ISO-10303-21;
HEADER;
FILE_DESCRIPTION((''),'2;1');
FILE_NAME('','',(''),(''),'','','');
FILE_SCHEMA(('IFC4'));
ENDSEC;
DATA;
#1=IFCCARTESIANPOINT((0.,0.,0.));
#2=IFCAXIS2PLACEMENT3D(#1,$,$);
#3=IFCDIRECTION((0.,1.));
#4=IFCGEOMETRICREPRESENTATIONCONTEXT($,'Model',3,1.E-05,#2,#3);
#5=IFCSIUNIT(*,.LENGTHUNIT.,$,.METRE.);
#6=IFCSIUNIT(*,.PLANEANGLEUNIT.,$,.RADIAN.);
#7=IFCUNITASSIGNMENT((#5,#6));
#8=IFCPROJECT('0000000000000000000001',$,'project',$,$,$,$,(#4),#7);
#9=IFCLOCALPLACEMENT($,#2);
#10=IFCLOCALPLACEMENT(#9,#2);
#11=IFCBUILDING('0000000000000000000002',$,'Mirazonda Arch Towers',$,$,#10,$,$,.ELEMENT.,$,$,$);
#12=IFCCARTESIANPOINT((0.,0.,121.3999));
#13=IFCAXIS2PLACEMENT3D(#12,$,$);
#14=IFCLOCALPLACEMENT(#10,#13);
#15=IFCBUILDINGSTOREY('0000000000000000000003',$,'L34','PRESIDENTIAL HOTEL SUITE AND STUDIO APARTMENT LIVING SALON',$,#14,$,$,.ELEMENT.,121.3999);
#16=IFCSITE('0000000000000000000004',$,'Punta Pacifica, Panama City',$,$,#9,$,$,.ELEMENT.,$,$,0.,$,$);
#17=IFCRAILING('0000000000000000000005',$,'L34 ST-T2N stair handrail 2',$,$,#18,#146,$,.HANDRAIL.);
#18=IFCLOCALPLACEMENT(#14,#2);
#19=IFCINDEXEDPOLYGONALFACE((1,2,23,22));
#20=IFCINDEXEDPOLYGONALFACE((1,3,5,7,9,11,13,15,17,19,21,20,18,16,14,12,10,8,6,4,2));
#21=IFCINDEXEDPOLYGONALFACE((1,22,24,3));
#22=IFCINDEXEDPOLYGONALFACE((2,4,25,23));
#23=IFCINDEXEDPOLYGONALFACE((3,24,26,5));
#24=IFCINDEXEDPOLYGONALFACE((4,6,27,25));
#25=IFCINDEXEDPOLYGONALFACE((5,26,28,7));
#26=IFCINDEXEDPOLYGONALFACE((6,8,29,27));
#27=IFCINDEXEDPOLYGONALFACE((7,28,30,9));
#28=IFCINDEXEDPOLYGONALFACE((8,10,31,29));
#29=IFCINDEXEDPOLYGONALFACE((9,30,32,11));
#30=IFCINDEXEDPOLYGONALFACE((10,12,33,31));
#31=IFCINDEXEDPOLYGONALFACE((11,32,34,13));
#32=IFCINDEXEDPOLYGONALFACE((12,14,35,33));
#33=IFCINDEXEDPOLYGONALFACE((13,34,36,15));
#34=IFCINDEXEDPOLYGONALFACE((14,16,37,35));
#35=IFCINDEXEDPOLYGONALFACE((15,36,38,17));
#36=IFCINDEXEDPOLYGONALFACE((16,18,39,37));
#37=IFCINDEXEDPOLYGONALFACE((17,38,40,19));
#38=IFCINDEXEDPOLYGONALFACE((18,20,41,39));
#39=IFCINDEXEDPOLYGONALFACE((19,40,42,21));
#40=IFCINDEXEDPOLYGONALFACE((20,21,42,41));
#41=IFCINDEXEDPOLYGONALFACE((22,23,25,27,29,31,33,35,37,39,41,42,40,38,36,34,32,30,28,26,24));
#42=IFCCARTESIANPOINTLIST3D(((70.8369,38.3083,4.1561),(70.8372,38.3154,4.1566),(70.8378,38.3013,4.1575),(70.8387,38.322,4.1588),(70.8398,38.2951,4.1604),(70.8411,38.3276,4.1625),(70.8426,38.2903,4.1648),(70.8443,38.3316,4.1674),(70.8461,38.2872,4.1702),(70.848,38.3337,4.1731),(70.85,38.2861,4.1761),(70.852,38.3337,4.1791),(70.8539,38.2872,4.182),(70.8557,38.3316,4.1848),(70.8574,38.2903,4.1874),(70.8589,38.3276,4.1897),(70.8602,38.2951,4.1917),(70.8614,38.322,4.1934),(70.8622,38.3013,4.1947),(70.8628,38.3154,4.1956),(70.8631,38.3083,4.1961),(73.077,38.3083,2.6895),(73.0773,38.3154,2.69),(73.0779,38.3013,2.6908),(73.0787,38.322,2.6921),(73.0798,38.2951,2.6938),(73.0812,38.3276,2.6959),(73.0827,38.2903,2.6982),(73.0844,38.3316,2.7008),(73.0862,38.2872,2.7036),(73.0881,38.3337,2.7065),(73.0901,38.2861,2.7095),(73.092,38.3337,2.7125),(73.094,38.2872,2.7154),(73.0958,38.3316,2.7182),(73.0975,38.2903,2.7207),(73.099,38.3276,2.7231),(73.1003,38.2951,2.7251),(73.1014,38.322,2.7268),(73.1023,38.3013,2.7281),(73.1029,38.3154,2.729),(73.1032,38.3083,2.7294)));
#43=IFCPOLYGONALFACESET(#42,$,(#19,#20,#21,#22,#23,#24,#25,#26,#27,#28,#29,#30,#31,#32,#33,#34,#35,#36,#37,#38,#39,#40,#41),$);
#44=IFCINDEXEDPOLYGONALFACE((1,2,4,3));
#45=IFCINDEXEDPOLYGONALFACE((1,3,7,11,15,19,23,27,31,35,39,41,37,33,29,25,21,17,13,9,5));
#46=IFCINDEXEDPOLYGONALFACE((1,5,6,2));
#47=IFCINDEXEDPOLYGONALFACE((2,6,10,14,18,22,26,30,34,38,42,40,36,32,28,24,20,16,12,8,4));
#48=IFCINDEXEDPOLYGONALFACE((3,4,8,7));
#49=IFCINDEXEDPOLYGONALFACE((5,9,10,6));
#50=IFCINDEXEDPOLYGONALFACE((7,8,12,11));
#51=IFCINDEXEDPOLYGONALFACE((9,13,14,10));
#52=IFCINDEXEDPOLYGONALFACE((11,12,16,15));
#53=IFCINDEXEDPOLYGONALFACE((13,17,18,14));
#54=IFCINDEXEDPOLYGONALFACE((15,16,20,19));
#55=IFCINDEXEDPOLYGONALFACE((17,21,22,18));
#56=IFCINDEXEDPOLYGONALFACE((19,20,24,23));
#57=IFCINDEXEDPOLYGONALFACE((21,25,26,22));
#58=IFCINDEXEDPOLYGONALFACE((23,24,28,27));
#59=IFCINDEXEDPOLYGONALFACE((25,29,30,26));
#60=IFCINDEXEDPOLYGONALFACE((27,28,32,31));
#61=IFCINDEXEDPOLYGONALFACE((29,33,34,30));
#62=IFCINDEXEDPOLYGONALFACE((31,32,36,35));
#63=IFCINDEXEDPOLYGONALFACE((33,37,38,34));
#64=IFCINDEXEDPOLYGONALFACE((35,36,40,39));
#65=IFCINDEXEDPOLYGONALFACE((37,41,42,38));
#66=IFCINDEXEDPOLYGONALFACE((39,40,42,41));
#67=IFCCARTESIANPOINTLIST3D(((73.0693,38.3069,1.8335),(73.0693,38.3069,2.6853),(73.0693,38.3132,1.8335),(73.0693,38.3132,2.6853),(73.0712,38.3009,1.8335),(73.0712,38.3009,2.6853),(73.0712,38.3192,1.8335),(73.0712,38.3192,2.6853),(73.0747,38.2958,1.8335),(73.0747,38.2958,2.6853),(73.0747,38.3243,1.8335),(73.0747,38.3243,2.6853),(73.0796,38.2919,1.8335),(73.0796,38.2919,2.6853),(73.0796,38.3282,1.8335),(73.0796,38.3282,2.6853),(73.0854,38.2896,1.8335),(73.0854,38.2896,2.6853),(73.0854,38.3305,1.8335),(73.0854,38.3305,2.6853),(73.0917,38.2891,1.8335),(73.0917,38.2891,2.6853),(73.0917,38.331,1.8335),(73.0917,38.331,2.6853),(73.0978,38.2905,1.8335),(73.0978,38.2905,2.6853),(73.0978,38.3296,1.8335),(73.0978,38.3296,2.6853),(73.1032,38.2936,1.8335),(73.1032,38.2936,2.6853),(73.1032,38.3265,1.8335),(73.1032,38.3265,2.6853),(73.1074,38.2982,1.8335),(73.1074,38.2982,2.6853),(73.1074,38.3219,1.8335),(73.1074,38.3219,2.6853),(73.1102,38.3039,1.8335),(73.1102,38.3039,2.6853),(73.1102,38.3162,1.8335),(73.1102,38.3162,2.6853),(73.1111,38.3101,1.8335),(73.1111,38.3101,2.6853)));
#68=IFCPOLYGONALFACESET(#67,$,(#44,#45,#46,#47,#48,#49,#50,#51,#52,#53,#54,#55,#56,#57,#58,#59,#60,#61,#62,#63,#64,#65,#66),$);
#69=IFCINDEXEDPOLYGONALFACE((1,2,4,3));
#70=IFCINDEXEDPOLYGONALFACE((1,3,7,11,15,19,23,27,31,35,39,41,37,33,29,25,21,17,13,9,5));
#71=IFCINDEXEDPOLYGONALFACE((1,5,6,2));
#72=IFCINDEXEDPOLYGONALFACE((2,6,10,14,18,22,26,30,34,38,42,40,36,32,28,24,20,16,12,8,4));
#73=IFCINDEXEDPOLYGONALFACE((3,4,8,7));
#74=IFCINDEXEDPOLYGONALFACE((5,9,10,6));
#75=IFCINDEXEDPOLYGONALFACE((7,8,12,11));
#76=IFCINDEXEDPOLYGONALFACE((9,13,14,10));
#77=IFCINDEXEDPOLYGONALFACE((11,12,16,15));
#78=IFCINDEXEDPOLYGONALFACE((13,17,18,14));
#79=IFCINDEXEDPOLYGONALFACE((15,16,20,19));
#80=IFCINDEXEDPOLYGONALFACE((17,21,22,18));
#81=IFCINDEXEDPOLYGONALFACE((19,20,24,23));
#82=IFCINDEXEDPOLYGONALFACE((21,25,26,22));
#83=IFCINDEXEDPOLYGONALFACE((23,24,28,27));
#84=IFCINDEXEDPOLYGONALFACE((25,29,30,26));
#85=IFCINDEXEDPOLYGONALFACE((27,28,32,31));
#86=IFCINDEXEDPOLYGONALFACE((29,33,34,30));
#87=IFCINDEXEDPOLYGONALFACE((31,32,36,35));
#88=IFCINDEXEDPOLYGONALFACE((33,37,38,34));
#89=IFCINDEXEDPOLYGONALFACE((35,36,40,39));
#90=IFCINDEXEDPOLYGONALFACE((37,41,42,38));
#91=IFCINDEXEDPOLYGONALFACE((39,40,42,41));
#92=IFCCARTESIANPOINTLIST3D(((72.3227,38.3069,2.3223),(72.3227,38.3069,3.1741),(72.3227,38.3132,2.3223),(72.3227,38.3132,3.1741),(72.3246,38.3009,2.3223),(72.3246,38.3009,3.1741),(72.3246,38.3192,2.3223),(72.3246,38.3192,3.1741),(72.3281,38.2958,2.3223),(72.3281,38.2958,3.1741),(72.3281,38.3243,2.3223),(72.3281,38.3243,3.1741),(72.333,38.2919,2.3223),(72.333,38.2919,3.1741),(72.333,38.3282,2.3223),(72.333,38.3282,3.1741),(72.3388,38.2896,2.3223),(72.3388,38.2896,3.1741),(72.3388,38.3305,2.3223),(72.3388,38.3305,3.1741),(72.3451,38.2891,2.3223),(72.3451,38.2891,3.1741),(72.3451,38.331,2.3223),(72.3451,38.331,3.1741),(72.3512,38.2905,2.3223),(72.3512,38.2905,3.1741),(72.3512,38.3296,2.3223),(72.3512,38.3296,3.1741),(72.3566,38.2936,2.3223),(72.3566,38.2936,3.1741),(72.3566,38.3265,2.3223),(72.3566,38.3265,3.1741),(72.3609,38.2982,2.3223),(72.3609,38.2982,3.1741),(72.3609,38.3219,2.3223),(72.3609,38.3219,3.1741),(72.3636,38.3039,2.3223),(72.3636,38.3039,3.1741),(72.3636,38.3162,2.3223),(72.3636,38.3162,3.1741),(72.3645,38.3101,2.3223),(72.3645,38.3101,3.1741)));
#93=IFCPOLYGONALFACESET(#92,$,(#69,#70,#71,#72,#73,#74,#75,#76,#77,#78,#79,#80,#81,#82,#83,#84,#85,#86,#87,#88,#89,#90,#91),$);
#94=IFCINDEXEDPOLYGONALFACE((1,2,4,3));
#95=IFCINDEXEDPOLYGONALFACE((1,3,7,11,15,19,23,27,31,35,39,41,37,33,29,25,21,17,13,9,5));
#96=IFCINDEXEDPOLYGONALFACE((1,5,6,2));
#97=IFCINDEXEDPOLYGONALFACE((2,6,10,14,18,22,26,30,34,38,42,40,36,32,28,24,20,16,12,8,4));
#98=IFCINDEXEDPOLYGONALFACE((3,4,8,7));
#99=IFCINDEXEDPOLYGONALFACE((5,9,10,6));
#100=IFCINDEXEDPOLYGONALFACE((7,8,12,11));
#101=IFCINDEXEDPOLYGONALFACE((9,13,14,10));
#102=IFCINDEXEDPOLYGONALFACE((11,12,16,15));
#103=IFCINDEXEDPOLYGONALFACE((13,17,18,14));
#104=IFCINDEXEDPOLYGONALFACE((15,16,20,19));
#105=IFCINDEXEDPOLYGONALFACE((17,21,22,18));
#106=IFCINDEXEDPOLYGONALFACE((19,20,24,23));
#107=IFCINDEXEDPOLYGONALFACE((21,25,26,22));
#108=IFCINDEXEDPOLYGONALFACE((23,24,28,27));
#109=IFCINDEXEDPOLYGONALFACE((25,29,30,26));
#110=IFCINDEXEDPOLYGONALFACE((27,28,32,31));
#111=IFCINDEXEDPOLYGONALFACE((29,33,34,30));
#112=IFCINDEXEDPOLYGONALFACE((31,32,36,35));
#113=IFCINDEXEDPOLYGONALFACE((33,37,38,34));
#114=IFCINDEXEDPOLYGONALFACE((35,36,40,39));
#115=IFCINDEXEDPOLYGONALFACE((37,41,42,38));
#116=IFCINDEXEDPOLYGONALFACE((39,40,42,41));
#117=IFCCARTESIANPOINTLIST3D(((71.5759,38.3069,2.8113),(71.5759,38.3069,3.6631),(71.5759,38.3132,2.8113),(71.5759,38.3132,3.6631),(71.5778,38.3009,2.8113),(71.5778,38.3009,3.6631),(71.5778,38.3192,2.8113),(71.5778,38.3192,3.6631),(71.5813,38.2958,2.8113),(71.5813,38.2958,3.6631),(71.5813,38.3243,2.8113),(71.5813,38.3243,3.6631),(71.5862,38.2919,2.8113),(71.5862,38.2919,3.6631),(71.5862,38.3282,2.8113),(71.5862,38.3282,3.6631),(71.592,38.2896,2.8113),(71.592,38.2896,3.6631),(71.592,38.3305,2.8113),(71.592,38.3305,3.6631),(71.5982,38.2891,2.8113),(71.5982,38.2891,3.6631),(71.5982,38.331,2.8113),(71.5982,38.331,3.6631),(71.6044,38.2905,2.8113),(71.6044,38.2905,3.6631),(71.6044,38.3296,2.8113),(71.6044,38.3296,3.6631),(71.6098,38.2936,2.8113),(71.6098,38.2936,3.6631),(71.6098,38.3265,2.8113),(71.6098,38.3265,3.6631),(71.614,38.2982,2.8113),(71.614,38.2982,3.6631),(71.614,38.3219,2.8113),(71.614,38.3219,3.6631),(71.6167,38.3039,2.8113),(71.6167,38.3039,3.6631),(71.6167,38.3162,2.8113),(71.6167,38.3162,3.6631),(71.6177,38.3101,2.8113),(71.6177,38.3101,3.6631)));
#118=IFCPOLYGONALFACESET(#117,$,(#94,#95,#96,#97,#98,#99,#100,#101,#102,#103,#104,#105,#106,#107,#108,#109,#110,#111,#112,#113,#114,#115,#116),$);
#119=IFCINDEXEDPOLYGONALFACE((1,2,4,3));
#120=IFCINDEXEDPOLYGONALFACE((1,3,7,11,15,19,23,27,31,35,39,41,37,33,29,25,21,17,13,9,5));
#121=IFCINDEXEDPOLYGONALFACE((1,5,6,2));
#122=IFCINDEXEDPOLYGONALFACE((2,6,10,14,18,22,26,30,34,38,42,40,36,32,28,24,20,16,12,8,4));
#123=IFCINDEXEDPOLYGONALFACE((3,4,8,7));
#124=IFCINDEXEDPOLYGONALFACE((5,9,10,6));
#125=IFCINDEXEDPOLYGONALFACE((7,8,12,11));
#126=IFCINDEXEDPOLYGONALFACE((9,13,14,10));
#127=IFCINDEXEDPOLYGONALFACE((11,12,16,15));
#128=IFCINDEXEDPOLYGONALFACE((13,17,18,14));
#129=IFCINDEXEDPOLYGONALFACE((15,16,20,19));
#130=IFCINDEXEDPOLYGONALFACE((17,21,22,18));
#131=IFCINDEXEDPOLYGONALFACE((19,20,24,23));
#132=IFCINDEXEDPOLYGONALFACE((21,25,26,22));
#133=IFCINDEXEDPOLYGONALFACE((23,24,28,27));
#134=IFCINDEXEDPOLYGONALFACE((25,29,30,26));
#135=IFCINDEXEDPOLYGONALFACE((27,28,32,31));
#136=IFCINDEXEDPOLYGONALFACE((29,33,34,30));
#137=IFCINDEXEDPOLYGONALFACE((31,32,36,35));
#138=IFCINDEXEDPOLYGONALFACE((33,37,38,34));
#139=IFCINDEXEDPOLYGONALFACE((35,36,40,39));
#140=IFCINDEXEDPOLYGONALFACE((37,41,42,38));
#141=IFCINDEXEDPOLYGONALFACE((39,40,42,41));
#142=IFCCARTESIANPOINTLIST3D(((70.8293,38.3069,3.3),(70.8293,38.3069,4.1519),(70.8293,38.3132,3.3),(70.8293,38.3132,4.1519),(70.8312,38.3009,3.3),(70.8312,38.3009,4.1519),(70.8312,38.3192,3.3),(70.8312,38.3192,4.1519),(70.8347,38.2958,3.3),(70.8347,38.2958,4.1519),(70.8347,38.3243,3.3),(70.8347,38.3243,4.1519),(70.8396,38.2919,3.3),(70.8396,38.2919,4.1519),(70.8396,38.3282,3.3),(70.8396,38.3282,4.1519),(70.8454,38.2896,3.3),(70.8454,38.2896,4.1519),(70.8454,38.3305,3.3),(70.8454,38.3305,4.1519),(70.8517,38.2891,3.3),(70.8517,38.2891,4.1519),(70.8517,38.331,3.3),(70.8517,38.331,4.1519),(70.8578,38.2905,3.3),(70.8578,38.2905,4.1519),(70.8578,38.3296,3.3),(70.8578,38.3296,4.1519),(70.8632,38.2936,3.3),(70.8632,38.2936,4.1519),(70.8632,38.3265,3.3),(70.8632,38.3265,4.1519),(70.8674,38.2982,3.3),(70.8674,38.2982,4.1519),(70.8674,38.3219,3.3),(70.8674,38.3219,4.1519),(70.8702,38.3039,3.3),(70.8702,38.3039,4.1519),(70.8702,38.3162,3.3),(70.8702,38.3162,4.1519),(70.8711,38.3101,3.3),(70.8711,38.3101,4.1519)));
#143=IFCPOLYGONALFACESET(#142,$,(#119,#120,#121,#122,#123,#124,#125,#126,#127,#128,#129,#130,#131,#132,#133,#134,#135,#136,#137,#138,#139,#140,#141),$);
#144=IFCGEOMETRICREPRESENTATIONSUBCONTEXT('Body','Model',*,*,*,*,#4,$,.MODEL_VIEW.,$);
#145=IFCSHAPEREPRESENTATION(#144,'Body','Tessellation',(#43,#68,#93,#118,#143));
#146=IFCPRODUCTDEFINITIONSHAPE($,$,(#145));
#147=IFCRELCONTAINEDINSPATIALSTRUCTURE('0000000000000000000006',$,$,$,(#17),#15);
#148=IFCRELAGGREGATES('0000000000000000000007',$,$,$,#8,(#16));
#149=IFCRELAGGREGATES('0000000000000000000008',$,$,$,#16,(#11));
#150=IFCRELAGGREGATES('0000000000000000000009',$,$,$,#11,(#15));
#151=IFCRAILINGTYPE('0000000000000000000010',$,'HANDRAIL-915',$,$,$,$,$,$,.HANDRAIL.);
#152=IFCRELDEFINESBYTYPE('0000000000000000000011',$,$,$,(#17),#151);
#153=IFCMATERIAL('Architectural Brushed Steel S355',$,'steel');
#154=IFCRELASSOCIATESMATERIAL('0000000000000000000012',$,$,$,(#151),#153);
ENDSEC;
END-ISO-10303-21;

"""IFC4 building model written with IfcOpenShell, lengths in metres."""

from ifc_helpers import new_model, si_unit, direction, frame, origin, origin_2d, place, context, subcontext, project, spatial, circle, extrude, material, type_object, element, save


model = new_model("IFC4")

# Units and contexts
model_context = context("Model", 3, precision=1e-05, world=origin(), true_north=direction((0.0, 1.0)))
body_context = subcontext(model_context, "Body", "Model", "MODEL_VIEW")
ifc_project = project(units=[si_unit("LENGTHUNIT", "METRE"), si_unit("PLANEANGLEUNIT", "RADIAN")], contexts=[model_context])

# Site, building, storey
site_placement = place(None, origin())
site = spatial("IfcSite", under=ifc_project, at=site_placement, Name="Punta Pacifica, Panama City", CompositionType="ELEMENT", RefElevation=0.0)
building_placement = place(site_placement, origin())
building = spatial("IfcBuilding", under=site, at=building_placement, Name="Mirazonda Arch Towers", CompositionType="ELEMENT")
storey_placement = place(building_placement, frame((0.0, 0.0, 121.3999)))
storey = spatial("IfcBuildingStorey", under=building, at=storey_placement, Name="L34", Description="PRESIDENTIAL HOTEL SUITE AND STUDIO APARTMENT LIVING SALON", CompositionType="ELEMENT", Elevation=121.3999)

# Shared definitions
ifc_material_1 = material(Name="Architectural Brushed Steel S355", Category="steel")

# Railing
railing_type_1 = type_object("IfcRailingType", Name="HANDRAIL-915", PredefinedType="HANDRAIL", material=ifc_material_1)
railing_1_placement = place(storey_placement, frame((73.0901, 38.3101, 1.8335)))
element("IfcRailing", 1, at=railing_1_placement, inside=storey, type_object=railing_type_1, Name="L34 ST-T2N stair handrail 2", PredefinedType="HANDRAIL", context=body_context, shape_type="SweptSolid", body=[
    extrude(circle(Radius=0.0239, at=origin_2d()), frame((0.0, 0.0, 0.876), z_axis=(-0.836637, 0.0, 0.547758), x_axis=(0.0, -1.0, 0.0)), (0.0, 0.0, 1.0), 2.6775),
    extrude(circle(Radius=0.021, at=origin_2d()), origin(), (0.0, 0.0, 1.0), 0.8518),
    extrude(circle(Radius=0.021, at=origin_2d()), frame((-0.7466, 0.0, 0.4888)), (0.0, 0.0, 1.0), 0.8518),
    extrude(circle(Radius=0.021, at=origin_2d()), frame((-1.4934, 0.0, 0.9778)), (0.0, 0.0, 1.0), 0.8518),
    extrude(circle(Radius=0.021, at=origin_2d()), frame((-2.24, 0.0, 1.4666)), (0.0, 0.0, 1.0), 0.8518),
])

save(model, "model.ifc")
